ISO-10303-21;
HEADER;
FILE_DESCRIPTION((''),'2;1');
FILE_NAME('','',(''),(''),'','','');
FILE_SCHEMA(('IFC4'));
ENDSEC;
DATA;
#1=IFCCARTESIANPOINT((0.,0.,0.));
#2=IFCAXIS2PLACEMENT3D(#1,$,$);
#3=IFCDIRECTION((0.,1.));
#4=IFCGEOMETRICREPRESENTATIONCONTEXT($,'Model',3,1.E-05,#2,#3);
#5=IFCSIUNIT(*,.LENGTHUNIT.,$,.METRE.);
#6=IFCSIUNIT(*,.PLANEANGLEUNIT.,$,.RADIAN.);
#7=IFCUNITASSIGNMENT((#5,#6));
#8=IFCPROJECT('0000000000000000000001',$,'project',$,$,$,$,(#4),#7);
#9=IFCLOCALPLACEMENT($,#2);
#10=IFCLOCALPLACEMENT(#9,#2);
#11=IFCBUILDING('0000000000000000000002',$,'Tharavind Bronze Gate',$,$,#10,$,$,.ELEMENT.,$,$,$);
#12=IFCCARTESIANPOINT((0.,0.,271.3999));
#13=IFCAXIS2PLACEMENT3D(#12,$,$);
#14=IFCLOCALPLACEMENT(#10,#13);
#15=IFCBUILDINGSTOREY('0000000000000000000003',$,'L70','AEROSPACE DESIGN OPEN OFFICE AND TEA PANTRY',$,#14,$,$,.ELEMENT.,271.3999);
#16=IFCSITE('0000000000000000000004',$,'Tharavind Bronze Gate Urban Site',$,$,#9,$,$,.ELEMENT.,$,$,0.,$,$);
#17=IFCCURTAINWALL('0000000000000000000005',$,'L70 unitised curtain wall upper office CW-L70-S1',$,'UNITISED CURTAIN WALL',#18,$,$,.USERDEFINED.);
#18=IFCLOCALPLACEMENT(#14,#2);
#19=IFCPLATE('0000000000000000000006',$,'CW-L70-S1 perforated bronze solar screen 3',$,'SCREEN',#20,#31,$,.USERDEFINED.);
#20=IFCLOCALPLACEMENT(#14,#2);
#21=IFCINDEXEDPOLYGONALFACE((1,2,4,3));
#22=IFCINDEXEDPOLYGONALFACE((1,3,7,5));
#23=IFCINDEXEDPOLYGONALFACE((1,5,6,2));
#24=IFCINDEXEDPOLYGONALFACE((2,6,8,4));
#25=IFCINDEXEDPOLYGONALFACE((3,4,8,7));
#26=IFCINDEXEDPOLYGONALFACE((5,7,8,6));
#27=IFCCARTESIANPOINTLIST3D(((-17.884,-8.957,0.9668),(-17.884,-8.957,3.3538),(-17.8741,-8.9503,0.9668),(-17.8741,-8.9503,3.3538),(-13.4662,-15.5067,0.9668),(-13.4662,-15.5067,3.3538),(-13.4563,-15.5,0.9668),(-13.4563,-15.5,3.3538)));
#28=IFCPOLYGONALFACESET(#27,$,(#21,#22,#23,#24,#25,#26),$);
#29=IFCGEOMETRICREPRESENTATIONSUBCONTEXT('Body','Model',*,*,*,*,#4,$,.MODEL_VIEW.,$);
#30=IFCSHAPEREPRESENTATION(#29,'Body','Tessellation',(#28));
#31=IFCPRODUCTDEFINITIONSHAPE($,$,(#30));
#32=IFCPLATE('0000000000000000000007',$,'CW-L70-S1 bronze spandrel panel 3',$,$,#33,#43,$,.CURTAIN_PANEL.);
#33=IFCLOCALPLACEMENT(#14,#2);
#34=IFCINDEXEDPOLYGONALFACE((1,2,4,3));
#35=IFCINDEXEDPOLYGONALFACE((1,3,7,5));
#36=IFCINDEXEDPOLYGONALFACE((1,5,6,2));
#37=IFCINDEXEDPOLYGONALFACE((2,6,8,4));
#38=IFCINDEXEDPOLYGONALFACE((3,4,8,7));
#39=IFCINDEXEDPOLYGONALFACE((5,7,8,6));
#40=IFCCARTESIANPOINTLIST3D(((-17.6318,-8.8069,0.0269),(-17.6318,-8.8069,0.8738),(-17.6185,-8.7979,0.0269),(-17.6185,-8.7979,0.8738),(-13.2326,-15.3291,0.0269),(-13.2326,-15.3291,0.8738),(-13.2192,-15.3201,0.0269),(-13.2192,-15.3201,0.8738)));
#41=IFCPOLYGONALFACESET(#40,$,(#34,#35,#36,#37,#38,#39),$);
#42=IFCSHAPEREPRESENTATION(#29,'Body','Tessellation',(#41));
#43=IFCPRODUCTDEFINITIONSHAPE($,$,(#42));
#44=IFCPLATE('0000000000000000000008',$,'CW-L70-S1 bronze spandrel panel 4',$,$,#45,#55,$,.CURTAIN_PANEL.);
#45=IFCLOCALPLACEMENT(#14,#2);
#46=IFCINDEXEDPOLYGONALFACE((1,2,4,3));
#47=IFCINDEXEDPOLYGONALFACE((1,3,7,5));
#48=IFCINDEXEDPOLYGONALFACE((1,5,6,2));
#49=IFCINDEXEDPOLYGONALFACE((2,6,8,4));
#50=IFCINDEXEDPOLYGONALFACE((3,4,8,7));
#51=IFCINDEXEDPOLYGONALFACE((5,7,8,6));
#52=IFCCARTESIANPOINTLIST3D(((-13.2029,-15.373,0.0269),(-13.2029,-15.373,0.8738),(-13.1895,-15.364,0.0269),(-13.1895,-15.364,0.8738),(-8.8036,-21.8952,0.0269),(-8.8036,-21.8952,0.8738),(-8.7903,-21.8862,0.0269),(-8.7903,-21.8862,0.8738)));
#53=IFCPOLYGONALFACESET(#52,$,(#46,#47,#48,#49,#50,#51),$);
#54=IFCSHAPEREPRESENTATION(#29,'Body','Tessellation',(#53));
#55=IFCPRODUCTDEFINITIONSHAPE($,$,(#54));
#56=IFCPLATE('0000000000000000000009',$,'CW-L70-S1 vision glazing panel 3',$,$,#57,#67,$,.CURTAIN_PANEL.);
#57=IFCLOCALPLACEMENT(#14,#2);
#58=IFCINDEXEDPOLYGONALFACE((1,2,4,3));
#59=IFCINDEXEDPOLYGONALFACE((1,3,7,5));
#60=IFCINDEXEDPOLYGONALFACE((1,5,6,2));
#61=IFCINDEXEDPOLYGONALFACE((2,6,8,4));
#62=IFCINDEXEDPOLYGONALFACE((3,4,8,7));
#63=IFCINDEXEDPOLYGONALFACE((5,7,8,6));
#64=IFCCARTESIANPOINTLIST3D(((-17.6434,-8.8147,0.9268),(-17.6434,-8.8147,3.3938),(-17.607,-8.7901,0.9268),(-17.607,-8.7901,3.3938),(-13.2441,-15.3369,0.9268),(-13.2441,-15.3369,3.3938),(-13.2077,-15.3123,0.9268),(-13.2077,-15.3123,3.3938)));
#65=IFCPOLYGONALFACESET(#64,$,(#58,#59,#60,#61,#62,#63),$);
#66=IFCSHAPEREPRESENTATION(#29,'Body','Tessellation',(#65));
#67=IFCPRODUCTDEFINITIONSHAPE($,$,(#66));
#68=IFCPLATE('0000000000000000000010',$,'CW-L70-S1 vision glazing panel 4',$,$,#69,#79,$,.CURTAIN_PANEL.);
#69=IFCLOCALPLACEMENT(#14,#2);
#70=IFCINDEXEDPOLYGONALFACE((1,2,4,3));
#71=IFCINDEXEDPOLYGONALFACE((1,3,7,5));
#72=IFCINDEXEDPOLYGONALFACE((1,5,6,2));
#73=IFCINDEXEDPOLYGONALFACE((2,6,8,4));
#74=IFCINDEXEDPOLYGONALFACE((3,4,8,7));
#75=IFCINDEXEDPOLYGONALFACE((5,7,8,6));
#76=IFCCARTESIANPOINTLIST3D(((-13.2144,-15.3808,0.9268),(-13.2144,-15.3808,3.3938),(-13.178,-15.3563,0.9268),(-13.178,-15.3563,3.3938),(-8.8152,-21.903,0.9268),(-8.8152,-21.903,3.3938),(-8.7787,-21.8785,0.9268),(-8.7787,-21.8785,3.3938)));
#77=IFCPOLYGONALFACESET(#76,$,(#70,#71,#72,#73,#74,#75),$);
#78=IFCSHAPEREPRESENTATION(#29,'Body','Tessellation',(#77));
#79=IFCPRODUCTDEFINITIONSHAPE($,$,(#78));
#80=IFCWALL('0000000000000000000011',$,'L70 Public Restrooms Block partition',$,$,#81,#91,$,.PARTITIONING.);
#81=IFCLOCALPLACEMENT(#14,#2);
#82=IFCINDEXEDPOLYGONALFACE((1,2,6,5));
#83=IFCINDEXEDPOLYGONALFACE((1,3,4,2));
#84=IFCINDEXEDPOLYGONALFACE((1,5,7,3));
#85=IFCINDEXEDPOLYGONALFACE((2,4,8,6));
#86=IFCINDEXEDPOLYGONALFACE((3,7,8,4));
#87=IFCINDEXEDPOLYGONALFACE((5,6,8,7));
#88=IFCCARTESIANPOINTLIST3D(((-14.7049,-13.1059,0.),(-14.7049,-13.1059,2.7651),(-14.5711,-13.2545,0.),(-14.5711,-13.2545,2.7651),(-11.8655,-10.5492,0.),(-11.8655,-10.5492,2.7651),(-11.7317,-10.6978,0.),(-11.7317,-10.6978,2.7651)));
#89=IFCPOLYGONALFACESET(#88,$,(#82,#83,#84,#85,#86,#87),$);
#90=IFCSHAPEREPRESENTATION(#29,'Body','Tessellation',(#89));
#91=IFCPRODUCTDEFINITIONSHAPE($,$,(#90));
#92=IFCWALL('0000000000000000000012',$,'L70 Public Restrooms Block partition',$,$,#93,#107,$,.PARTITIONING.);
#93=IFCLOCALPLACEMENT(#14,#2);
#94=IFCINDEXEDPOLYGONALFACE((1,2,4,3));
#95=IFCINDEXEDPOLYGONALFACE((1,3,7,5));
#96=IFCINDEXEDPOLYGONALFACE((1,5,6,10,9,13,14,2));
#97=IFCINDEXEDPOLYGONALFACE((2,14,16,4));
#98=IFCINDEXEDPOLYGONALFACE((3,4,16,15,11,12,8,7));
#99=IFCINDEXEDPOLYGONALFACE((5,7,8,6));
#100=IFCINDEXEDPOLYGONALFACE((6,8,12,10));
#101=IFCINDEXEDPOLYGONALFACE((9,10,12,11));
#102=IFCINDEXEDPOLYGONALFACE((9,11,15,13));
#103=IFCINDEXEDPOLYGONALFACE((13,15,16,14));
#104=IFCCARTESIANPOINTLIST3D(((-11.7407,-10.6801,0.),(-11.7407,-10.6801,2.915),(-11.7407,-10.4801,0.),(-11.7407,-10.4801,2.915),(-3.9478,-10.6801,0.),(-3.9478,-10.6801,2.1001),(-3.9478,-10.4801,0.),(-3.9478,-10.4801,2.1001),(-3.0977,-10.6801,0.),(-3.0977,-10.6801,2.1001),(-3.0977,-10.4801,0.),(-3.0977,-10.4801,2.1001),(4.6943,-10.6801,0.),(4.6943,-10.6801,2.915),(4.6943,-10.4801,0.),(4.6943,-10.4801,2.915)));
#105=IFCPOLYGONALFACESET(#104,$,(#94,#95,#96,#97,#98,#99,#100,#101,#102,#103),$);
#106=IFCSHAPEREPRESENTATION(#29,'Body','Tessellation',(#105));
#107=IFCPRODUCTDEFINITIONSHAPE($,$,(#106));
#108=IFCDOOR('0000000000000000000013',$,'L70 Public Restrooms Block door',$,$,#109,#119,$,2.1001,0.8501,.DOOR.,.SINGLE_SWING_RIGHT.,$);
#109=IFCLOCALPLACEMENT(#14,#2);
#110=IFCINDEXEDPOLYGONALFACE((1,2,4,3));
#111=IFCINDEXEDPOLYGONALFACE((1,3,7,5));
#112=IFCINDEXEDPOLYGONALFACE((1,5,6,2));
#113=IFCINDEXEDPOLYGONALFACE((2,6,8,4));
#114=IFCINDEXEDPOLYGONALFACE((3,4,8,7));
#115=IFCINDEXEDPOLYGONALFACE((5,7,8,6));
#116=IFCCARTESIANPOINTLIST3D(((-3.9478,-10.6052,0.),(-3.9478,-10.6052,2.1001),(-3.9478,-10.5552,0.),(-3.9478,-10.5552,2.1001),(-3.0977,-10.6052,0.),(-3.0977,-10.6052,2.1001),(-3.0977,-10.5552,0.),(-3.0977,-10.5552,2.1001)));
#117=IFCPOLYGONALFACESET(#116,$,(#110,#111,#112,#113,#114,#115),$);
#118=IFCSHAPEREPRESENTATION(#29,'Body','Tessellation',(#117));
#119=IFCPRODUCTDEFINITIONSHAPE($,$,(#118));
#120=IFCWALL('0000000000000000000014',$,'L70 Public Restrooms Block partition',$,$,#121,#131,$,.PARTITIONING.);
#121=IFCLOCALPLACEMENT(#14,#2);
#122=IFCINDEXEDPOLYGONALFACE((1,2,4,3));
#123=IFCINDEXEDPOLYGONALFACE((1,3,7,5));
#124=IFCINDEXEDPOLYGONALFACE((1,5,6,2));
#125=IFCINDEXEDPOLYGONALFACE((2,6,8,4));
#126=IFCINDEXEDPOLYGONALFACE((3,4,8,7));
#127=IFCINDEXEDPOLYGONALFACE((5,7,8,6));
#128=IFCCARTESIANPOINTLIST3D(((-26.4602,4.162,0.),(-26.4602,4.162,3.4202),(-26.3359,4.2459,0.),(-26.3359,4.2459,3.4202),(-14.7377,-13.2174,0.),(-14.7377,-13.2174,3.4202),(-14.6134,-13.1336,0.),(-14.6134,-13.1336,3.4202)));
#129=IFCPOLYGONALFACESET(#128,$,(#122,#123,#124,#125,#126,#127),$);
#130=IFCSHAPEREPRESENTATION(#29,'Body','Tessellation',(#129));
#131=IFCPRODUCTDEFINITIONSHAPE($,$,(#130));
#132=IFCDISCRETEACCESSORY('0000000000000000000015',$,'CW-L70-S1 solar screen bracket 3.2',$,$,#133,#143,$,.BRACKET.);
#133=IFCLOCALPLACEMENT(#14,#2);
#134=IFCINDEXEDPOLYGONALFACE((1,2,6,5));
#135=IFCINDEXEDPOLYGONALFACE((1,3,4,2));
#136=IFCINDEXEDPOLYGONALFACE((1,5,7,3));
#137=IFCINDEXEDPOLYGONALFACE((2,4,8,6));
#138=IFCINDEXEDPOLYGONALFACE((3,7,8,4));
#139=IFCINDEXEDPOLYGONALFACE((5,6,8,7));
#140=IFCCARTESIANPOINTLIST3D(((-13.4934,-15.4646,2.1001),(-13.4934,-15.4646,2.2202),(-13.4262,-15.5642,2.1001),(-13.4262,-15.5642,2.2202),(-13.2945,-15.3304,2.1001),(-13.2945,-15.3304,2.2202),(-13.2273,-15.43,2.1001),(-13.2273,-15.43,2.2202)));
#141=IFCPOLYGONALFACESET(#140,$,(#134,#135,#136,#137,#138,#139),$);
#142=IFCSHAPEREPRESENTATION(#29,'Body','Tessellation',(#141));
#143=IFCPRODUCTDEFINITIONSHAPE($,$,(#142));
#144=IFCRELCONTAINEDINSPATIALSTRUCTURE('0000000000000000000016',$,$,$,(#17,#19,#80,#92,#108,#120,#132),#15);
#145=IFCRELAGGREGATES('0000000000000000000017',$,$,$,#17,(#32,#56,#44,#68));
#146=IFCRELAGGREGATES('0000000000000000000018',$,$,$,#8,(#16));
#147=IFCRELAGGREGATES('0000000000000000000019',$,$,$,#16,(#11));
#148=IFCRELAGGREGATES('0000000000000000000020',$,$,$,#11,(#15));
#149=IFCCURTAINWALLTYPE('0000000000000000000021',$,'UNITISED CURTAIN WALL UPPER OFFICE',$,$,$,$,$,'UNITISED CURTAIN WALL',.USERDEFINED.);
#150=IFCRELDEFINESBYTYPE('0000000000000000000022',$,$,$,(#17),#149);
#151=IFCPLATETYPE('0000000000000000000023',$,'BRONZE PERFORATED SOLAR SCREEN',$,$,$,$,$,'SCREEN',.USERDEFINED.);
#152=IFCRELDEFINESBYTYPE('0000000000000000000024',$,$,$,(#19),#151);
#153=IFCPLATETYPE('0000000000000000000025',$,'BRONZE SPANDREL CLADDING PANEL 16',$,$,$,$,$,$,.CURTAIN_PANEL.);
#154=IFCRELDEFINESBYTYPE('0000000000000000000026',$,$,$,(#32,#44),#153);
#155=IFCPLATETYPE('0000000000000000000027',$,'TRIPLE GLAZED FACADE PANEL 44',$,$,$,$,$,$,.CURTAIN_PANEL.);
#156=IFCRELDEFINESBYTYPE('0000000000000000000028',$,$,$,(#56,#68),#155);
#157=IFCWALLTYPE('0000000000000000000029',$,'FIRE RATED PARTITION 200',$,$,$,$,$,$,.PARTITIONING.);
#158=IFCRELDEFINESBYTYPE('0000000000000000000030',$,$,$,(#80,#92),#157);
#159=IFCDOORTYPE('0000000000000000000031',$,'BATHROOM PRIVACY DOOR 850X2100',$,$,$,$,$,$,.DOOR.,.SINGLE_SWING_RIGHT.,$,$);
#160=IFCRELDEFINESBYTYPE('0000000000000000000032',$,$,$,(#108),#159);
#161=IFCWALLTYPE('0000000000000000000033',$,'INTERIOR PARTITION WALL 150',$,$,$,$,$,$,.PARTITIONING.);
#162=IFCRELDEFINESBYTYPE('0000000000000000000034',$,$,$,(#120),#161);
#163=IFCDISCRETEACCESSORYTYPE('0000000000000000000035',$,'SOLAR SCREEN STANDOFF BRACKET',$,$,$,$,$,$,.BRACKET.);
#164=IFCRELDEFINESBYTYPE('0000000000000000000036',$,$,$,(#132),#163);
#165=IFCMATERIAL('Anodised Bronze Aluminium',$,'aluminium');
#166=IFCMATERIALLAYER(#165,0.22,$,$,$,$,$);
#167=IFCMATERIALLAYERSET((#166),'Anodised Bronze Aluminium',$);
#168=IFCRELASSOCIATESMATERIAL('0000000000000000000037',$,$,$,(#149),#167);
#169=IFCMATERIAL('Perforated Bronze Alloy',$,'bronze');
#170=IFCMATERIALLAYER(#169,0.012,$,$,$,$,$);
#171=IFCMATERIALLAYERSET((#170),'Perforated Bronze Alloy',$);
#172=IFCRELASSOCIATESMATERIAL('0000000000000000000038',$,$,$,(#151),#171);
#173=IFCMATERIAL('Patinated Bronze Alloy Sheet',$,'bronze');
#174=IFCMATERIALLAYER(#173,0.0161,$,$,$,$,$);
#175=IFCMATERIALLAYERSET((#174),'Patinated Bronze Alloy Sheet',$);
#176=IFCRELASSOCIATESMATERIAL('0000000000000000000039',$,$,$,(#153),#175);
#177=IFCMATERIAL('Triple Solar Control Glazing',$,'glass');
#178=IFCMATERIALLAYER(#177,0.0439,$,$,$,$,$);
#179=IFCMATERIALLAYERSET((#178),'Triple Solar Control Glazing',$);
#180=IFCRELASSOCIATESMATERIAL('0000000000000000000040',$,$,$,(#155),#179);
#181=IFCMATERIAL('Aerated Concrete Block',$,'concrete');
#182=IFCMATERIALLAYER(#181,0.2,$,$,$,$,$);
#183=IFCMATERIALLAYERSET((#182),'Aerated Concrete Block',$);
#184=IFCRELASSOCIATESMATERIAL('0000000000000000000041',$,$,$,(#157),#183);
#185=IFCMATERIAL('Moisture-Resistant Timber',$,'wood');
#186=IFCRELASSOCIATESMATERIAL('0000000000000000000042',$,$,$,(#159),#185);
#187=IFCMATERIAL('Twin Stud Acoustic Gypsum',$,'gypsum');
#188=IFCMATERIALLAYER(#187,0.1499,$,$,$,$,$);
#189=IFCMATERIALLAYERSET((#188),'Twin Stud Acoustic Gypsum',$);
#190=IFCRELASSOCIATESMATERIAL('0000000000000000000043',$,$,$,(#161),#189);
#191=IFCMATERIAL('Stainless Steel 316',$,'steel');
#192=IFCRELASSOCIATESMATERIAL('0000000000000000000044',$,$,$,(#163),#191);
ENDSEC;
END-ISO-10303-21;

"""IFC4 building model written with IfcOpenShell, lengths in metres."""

from ifc_helpers import new_model, si_unit, direction, frame, frame_2d, origin, origin_2d, place, context, subcontext, project, spatial, rectangle, extrude, material, layer, layer_set, type_object, element, fill, aggregate, save


model = new_model("IFC4")

# Units and contexts
model_context = context("Model", 3, precision=1e-05, world=origin(), true_north=direction((0.0, 1.0)))
body_context = subcontext(model_context, "Body", "Model", "MODEL_VIEW")
ifc_project = project(units=[si_unit("LENGTHUNIT", "METRE"), si_unit("PLANEANGLEUNIT", "RADIAN")], contexts=[model_context])

# Site, building, storey
site_placement = place(None, origin())
site = spatial("IfcSite", under=ifc_project, at=site_placement, Name="Tharavind Bronze Gate Urban Site", CompositionType="ELEMENT", RefElevation=0.0)
building_placement = place(site_placement, origin())
building = spatial("IfcBuilding", under=site, at=building_placement, Name="Tharavind Bronze Gate", CompositionType="ELEMENT")
storey_placement = place(building_placement, frame((0.0, 0.0, 271.3999)))
storey = spatial("IfcBuildingStorey", under=building, at=storey_placement, Name="L70", Description="AEROSPACE DESIGN OPEN OFFICE AND TEA PANTRY", CompositionType="ELEMENT", Elevation=271.3999)

# Curtain wall
ifc_material_1 = material(Name="Anodised Bronze Aluminium", Category="aluminium")
ifc_layer_1 = layer(ifc_material_1, 0.22)
ifc_layer_set_1 = layer_set([ifc_layer_1], Name="Anodised Bronze Aluminium")
curtain_wall_type = type_object("IfcCurtainWallType", Name="UNITISED CURTAIN WALL UPPER OFFICE", ElementType="UNITISED CURTAIN WALL", PredefinedType="USERDEFINED", material=ifc_layer_set_1)
curtain_wall_placement = place(storey_placement, origin())
curtain_wall = element("IfcCurtainWall", 1, at=curtain_wall_placement, inside=storey, type_object=curtain_wall_type, Name="L70 unitised curtain wall upper office CW-L70-S1", ObjectType="UNITISED CURTAIN WALL", PredefinedType="USERDEFINED")

# Plates
ifc_material_2 = material(Name="Perforated Bronze Alloy", Category="bronze")
ifc_layer_2 = layer(ifc_material_2, 0.012)
ifc_layer_set_2 = layer_set([ifc_layer_2], Name="Perforated Bronze Alloy")
plate_type_1 = type_object("IfcPlateType", Name="BRONZE PERFORATED SOLAR SCREEN", ElementType="SCREEN", PredefinedType="USERDEFINED", material=ifc_layer_set_2)
plate_1_placement = place(storey_placement, frame((-15.6702, -12.2285, 0.9668), z_axis=(0.0, 0.0, 1.0), x_axis=(0.559191, -0.829039, 0.0)))
element("IfcPlate", 2, at=plate_1_placement, inside=storey, type_object=plate_type_1, Name="CW-L70-S1 perforated bronze solar screen 3", ObjectType="SCREEN", PredefinedType="USERDEFINED", context=body_context, shape_type="SweptSolid", body=[
    extrude(rectangle(XDim=7.9004, YDim=0.012, at=origin_2d()), origin(), (0.0, 0.0, 1.0), 2.387),
])
ifc_material_3 = material(Name="Patinated Bronze Alloy Sheet", Category="bronze")
ifc_layer_3 = layer(ifc_material_3, 0.0161)
ifc_layer_set_3 = layer_set([ifc_layer_3], Name="Patinated Bronze Alloy Sheet")
plate_type_2 = type_object("IfcPlateType", Name="BRONZE SPANDREL CLADDING PANEL 16", PredefinedType="CURTAIN_PANEL", material=ifc_layer_set_3)
plate_2_placement = place(storey_placement, frame((-15.4255, -12.0635, 0.0269), z_axis=(0.0, 0.0, 1.0), x_axis=(0.559191, -0.829039, 0.0)))
plate_2 = element("IfcPlate", 3, at=plate_2_placement, type_object=plate_type_2, Name="CW-L70-S1 bronze spandrel panel 3", PredefinedType="CURTAIN_PANEL", context=body_context, shape_type="SweptSolid", body=[
    extrude(rectangle(XDim=7.8672, YDim=0.0161, at=origin_2d()), origin(), (0.0, 0.0, 1.0), 0.8469),
])
plate_3_placement = place(storey_placement, frame((-10.9966, -18.6296, 0.0269), z_axis=(0.0, 0.0, 1.0), x_axis=(0.559191, -0.829039, 0.0)))
plate_3 = element("IfcPlate", 4, at=plate_3_placement, type_object=plate_type_2, Name="CW-L70-S1 bronze spandrel panel 4", PredefinedType="CURTAIN_PANEL", context=body_context, shape_type="SweptSolid", body=[
    extrude(rectangle(XDim=7.8672, YDim=0.0161, at=origin_2d()), origin(), (0.0, 0.0, 1.0), 0.8469),
])
ifc_material_4 = material(Name="Triple Solar Control Glazing", Category="glass")
ifc_layer_4 = layer(ifc_material_4, 0.0439)
ifc_layer_set_4 = layer_set([ifc_layer_4], Name="Triple Solar Control Glazing")
plate_type_3 = type_object("IfcPlateType", Name="TRIPLE GLAZED FACADE PANEL 44", PredefinedType="CURTAIN_PANEL", material=ifc_layer_set_4)
plate_4_placement = place(storey_placement, frame((-15.4255, -12.0635, 0.9268), z_axis=(0.0, 0.0, 1.0), x_axis=(0.559191, -0.829039, 0.0)))
plate_4 = element("IfcPlate", 5, at=plate_4_placement, type_object=plate_type_3, Name="CW-L70-S1 vision glazing panel 3", PredefinedType="CURTAIN_PANEL", context=body_context, shape_type="SweptSolid", body=[
    extrude(rectangle(XDim=7.8672, YDim=0.0439, at=origin_2d()), origin(), (0.0, 0.0, 1.0), 2.467),
])
plate_5_placement = place(storey_placement, frame((-10.9966, -18.6296, 0.9268), z_axis=(0.0, 0.0, 1.0), x_axis=(0.559191, -0.829039, 0.0)))
plate_5 = element("IfcPlate", 6, at=plate_5_placement, type_object=plate_type_3, Name="CW-L70-S1 vision glazing panel 4", PredefinedType="CURTAIN_PANEL", context=body_context, shape_type="SweptSolid", body=[
    extrude(rectangle(XDim=7.8672, YDim=0.0439, at=origin_2d()), origin(), (0.0, 0.0, 1.0), 2.467),
])
aggregate(curtain_wall, [plate_2, plate_4, plate_3, plate_5])

# Wall
ifc_material_5 = material(Name="Aerated Concrete Block", Category="concrete")
ifc_layer_5 = layer(ifc_material_5, 0.2)
ifc_layer_set_5 = layer_set([ifc_layer_5], Name="Aerated Concrete Block")
wall_type_1 = type_object("IfcWallType", Name="FIRE RATED PARTITION 200", PredefinedType="PARTITIONING", material=ifc_layer_set_5)
wall_1_placement = place(storey_placement, frame((-11.7986, -10.6235, 0.0), z_axis=(0.0, 0.0, 1.0), x_axis=(-0.743135, -0.669141, 0.0)))
element("IfcWall", 7, at=wall_1_placement, inside=storey, type_object=wall_type_1, Name="L70 Public Restrooms Block partition", PredefinedType="PARTITIONING", context=body_context, shape_type="SweptSolid", body=[
    extrude(rectangle(XDim=3.8208, YDim=0.2, at=frame_2d((1.9104, 0.0))), origin(), (0.0, 0.0, 1.0), 2.7651),
])

# Wall, opening, door
wall_2_placement = place(storey_placement, frame((-11.7407, -10.5801, 0.0), z_axis=(0.0, 0.0, 1.0), x_axis=(1.0, 0.0, 0.0)))
wall_2 = element("IfcWall", 8, at=wall_2_placement, inside=storey, type_object=wall_type_1, Name="L70 Public Restrooms Block partition", PredefinedType="PARTITIONING", context=body_context, shape_type="SweptSolid", body=[
    extrude(rectangle(XDim=16.4351, YDim=0.2, at=frame_2d((8.2175, 0.0))), origin(), (0.0, 0.0, 1.0), 2.915),
])
opening_placement = place(wall_2_placement, frame((7.793, 0.0, 0.0)))
opening = element("IfcOpeningElement", 9, at=opening_placement, cuts=wall_2, PredefinedType="OPENING", context=body_context, shape_type="SweptSolid", body=[
    extrude(rectangle(XDim=0.8501, YDim=2.1001, at=frame_2d((0.425, 1.05))), frame((0.0, 0.1101, 0.0), z_axis=(0.0, -1.0, 0.0), x_axis=(1.0, 0.0, 0.0)), (0.0, 0.0, 1.0), 0.22),
])
ifc_material_6 = material(Name="Moisture-Resistant Timber", Category="wood")
door_type = type_object("IfcDoorType", Name="BATHROOM PRIVACY DOOR 850X2100", OperationType="SINGLE_SWING_RIGHT", PredefinedType="DOOR", material=ifc_material_6)
door_placement = place(opening_placement, origin())
door = element("IfcDoor", 10, at=door_placement, inside=storey, type_object=door_type, Name="L70 Public Restrooms Block door", OperationType="SINGLE_SWING_RIGHT", OverallHeight=2.1001, OverallWidth=0.8501, PredefinedType="DOOR", context=body_context, shape_type="SweptSolid", body=[
    extrude(rectangle(XDim=0.8501, YDim=2.1001, at=frame_2d((0.425, 1.05))), frame((0.0, 0.0249, 0.0), z_axis=(0.0, -1.0, 0.0), x_axis=(1.0, 0.0, 0.0)), (0.0, 0.0, 1.0), 0.05),
])
fill(opening, door)

# Wall
ifc_material_7 = material(Name="Twin Stud Acoustic Gypsum", Category="gypsum")
ifc_layer_6 = layer(ifc_material_7, 0.1499)
ifc_layer_set_6 = layer_set([ifc_layer_6], Name="Twin Stud Acoustic Gypsum")
wall_type_2 = type_object("IfcWallType", Name="INTERIOR PARTITION WALL 150", PredefinedType="PARTITIONING", material=ifc_layer_set_6)
wall_3_placement = place(storey_placement, frame((-14.6755, -13.1755, 0.0), z_axis=(0.0, 0.0, 1.0), x_axis=(-0.559188, 0.829041, 0.0)))
element("IfcWall", 11, at=wall_3_placement, inside=storey, type_object=wall_type_2, Name="L70 Public Restrooms Block partition", PredefinedType="PARTITIONING", context=body_context, shape_type="SweptSolid", body=[
    extrude(rectangle(XDim=20.9634, YDim=0.1499, at=frame_2d((10.4817, 0.0))), origin(), (0.0, 0.0, 1.0), 3.4202),
])

# Discrete accessory
ifc_material_8 = material(Name="Stainless Steel 316", Category="steel")
discrete_accessory_type = type_object("IfcDiscreteAccessoryType", Name="SOLAR SCREEN STANDOFF BRACKET", PredefinedType="BRACKET", material=ifc_material_8)
discrete_accessory_placement = place(storey_placement, frame((-13.3604, -15.4473, 2.1001), z_axis=(0.0, 0.0, 1.0), x_axis=(0.559191, -0.829039, 0.0)))
element("IfcDiscreteAccessory", 12, at=discrete_accessory_placement, inside=storey, type_object=discrete_accessory_type, Name="CW-L70-S1 solar screen bracket 3.2", PredefinedType="BRACKET", context=body_context, shape_type="SweptSolid", body=[
    extrude(rectangle(XDim=0.1201, YDim=0.24, at=origin_2d()), origin(), (0.0, 0.0, 1.0), 0.1201),
])

save(model, "model.ifc")
